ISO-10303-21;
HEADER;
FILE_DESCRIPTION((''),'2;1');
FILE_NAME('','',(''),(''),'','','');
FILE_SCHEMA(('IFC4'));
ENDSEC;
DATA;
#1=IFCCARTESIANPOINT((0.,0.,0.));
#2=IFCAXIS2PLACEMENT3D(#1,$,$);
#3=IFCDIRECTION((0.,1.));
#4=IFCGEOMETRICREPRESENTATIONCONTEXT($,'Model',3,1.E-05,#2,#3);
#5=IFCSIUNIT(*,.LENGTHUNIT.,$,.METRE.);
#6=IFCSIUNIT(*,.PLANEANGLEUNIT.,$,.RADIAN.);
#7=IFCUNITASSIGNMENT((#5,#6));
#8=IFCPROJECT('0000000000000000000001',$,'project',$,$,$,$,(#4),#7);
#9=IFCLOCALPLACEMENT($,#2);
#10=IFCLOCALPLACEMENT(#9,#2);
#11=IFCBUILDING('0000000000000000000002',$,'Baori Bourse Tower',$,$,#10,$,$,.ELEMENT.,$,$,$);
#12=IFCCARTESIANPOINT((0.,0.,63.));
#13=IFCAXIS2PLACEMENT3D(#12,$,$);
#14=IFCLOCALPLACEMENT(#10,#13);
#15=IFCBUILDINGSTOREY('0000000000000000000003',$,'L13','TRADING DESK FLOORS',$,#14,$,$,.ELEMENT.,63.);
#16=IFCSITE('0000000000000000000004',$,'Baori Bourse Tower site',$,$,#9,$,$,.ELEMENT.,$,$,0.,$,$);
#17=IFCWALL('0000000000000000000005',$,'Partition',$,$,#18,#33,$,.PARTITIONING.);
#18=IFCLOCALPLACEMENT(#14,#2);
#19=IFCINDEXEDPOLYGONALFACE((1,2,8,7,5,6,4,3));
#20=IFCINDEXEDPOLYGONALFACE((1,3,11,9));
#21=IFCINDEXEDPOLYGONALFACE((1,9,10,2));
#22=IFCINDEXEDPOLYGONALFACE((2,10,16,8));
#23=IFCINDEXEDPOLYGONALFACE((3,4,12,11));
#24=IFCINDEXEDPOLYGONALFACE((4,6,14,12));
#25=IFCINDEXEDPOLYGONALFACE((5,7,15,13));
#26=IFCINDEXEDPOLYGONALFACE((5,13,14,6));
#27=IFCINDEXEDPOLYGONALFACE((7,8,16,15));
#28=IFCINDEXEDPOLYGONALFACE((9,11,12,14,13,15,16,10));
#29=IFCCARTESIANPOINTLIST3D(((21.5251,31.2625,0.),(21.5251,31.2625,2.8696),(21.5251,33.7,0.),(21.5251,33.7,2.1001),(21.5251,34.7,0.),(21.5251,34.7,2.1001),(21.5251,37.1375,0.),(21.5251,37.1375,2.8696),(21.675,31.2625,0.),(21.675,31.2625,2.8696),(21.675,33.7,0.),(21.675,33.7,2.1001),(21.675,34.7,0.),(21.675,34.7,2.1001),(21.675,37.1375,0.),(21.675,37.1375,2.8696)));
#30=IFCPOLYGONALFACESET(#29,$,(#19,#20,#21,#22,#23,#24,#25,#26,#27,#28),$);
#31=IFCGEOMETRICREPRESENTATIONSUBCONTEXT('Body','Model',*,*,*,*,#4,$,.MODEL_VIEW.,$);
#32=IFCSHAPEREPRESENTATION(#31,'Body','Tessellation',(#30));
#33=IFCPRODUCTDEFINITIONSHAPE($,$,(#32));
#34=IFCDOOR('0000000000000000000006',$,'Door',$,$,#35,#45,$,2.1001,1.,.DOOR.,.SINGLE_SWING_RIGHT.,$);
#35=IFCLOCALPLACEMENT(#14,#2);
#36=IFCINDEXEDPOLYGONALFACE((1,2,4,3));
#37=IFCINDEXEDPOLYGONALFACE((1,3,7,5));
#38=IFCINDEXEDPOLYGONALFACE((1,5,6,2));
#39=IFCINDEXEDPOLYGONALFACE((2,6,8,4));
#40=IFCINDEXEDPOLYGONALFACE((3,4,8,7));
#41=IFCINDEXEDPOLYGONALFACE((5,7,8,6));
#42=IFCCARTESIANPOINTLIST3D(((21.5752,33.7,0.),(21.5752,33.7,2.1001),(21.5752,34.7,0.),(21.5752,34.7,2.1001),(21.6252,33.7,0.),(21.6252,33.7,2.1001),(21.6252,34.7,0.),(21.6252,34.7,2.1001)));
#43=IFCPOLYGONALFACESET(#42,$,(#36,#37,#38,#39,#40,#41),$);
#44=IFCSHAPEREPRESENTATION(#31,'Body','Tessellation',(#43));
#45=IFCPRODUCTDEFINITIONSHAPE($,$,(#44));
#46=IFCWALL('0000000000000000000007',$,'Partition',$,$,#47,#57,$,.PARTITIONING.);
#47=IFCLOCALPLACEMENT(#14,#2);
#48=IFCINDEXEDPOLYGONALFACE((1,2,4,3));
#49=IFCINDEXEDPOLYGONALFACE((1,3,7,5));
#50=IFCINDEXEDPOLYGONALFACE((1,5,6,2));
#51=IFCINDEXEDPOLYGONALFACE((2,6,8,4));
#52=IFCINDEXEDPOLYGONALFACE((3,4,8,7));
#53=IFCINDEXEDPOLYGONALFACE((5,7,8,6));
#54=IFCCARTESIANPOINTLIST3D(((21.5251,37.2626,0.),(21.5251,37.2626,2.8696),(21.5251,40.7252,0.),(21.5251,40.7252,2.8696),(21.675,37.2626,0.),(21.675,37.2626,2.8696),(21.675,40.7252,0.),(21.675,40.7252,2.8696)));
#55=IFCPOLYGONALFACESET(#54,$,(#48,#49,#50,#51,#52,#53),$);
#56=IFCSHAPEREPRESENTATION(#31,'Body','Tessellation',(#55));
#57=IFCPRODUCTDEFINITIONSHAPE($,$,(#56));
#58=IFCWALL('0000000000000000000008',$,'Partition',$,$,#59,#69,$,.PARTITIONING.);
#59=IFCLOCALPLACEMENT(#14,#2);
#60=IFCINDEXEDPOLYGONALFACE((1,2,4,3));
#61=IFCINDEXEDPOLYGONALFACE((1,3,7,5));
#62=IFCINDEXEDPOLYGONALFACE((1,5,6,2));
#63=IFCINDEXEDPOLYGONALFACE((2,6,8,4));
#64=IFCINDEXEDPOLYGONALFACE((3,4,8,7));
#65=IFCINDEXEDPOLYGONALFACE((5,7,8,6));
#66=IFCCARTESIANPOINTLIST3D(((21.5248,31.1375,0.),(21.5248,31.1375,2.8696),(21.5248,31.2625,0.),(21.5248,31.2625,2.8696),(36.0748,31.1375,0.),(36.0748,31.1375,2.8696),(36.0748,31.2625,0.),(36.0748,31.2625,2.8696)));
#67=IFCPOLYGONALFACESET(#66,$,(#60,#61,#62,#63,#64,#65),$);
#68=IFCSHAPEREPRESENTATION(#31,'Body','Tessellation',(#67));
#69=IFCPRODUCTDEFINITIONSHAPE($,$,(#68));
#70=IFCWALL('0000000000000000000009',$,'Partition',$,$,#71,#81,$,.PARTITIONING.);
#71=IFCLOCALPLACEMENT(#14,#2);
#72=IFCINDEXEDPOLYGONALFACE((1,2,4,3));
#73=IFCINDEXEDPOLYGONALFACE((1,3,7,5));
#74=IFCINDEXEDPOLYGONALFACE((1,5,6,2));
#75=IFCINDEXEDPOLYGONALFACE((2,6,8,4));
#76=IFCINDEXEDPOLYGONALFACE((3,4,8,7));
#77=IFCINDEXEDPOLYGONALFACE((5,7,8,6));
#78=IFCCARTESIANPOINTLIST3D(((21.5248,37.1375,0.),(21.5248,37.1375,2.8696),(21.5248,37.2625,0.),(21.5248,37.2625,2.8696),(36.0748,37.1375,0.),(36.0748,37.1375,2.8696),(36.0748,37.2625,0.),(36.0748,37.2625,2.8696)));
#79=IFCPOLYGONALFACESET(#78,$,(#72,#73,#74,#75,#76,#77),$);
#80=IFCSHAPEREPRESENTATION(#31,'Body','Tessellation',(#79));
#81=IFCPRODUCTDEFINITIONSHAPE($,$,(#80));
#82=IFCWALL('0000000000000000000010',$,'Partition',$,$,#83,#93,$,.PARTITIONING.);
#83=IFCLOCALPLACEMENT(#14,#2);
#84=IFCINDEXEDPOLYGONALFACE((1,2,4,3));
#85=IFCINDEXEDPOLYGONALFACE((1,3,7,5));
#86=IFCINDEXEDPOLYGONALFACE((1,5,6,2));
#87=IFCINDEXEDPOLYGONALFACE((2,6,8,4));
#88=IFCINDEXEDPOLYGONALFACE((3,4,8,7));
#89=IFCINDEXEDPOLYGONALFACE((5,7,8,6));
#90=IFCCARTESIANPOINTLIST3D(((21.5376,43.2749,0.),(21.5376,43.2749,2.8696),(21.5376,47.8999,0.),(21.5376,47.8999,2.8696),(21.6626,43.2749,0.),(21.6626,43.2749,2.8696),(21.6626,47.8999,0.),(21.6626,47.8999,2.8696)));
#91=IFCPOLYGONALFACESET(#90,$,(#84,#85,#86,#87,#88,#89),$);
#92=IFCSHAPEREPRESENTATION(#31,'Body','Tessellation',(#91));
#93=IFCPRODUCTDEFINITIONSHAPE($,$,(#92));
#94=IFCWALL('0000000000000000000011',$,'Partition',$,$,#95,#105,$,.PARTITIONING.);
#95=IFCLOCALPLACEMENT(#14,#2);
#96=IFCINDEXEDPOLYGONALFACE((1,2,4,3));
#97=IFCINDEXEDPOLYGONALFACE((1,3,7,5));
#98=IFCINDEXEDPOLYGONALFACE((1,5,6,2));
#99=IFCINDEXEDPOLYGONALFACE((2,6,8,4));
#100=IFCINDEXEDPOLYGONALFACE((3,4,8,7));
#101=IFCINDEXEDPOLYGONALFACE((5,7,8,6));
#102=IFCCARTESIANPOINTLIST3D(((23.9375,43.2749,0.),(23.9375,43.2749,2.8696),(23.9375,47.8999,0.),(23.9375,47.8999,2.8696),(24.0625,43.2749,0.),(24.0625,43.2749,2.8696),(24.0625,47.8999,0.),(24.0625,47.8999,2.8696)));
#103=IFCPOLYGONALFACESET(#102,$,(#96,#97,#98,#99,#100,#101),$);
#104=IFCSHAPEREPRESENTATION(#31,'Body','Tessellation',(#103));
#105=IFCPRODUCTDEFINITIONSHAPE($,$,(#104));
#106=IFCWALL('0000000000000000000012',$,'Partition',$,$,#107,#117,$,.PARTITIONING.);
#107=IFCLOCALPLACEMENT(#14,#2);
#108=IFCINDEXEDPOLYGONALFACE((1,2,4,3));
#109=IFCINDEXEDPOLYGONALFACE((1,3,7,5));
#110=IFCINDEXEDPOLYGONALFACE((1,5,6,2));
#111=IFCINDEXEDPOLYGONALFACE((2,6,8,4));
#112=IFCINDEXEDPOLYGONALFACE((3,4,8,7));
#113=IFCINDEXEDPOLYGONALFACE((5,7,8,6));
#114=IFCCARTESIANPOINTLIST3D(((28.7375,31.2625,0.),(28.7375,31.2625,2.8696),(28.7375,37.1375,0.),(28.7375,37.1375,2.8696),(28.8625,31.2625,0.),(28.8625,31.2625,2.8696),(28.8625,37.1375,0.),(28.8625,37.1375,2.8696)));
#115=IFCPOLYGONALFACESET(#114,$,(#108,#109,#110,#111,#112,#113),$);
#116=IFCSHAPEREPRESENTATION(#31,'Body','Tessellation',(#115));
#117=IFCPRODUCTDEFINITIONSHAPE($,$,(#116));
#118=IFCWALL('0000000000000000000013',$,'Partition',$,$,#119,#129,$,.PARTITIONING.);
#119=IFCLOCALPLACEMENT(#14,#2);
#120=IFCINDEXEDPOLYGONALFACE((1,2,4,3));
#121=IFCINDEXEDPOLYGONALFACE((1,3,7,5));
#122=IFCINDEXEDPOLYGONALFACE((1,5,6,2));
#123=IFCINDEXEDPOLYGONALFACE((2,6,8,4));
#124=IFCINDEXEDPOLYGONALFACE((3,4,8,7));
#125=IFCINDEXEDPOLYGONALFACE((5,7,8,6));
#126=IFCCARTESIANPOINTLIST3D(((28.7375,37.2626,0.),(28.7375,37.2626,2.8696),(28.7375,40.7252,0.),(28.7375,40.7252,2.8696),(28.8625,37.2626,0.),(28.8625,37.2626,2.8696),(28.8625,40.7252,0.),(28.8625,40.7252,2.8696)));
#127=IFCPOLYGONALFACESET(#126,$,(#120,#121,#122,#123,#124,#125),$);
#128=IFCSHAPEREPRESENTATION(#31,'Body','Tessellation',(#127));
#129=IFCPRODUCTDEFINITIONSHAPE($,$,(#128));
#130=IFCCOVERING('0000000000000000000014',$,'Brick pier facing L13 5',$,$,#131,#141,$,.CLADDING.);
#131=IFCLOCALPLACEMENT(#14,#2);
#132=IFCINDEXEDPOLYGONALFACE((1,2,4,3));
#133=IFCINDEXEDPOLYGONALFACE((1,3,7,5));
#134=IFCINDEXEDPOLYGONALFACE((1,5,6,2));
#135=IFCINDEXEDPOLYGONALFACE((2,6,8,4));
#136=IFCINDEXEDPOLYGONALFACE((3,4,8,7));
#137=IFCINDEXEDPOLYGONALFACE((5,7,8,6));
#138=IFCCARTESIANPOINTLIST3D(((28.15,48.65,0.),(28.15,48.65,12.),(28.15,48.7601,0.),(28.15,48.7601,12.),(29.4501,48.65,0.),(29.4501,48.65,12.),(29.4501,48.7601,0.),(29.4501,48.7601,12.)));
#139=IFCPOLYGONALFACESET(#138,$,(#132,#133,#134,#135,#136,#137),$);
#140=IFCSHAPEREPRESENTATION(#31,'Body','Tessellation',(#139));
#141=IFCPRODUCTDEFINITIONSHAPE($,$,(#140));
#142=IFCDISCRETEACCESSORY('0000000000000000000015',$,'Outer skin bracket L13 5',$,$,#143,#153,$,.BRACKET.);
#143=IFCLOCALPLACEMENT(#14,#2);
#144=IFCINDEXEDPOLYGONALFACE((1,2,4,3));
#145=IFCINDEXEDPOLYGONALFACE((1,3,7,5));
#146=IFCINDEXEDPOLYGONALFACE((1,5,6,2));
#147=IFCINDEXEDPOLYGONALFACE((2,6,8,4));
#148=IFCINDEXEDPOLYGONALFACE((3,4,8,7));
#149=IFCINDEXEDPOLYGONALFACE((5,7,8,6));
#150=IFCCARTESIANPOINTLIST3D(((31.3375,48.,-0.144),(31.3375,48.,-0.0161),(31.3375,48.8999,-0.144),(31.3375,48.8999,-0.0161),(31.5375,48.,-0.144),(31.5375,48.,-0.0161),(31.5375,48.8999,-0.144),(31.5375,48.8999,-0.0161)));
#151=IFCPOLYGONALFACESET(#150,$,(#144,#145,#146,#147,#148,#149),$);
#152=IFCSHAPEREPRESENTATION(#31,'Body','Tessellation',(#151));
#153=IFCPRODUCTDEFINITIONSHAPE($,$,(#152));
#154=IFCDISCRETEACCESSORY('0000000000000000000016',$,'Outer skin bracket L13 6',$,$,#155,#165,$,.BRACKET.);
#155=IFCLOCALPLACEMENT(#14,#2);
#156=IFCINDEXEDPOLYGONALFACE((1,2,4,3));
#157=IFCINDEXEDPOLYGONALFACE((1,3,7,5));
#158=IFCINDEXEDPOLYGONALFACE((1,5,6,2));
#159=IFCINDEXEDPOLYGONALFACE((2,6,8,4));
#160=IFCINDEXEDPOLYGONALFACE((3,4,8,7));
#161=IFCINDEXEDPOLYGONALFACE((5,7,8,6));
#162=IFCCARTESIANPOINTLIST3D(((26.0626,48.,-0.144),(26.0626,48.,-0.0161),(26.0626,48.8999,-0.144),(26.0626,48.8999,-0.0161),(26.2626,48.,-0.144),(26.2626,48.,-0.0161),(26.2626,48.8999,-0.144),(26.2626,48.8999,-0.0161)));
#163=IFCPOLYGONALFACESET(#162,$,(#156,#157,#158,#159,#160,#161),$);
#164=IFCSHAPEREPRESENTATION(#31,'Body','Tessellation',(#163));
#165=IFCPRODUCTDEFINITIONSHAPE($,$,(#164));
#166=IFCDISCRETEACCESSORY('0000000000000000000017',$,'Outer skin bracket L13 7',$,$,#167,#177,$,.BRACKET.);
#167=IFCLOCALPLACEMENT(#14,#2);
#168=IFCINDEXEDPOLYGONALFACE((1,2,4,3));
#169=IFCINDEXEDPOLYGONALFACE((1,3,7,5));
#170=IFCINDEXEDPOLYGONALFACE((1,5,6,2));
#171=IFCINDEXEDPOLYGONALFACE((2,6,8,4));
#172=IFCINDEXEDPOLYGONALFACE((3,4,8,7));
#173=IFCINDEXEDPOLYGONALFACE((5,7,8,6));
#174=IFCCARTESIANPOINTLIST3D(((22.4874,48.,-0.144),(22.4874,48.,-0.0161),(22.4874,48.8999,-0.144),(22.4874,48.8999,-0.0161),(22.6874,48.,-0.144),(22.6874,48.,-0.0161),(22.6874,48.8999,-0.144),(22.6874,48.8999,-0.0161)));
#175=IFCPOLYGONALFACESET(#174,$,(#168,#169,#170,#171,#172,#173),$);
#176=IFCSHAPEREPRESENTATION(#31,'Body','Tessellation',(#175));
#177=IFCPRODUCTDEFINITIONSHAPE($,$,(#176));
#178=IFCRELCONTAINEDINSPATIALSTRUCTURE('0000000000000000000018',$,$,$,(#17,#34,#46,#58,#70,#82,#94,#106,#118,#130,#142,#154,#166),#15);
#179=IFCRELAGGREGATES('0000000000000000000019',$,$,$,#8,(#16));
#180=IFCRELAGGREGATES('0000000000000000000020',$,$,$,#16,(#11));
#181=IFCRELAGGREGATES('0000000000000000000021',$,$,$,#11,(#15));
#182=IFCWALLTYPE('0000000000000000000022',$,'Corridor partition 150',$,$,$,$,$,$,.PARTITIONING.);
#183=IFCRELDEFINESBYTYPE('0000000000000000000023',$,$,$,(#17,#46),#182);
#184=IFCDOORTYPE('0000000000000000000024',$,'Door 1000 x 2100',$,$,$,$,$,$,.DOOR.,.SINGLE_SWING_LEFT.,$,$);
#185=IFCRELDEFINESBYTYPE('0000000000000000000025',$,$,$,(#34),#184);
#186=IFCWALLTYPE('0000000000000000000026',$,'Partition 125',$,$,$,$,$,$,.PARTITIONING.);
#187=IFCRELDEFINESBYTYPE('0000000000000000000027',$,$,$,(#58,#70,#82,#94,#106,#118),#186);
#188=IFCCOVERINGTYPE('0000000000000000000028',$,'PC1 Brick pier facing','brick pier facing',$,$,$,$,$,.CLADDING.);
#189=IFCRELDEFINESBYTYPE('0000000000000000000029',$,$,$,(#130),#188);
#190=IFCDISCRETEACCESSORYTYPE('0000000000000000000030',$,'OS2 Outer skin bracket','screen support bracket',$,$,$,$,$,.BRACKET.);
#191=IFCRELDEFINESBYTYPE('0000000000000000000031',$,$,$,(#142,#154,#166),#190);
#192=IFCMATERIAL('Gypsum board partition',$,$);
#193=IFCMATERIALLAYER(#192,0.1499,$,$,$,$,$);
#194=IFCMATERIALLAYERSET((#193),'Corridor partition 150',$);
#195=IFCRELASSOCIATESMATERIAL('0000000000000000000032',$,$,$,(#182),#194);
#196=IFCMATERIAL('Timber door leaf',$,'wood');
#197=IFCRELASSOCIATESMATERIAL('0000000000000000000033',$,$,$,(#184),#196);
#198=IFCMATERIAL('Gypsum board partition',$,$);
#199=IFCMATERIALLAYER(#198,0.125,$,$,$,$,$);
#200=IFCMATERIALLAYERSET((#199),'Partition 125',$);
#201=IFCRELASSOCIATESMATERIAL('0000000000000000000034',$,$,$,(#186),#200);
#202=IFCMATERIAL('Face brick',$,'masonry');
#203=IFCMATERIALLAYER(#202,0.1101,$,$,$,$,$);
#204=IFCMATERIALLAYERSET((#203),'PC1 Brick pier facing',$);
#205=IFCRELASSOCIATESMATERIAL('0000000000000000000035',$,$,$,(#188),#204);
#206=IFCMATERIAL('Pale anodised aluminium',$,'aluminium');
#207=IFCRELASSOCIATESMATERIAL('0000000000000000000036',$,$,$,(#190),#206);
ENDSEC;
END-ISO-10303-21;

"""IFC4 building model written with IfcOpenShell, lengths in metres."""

from ifc_helpers import new_model, si_unit, direction, frame, frame_2d, origin, origin_2d, place, context, subcontext, project, spatial, rectangle, extrude, material, layer, layer_set, type_object, element, fill, save


model = new_model("IFC4")

# Units and contexts
model_context = context("Model", 3, precision=1e-05, world=origin(), true_north=direction((0.0, 1.0)))
body_context = subcontext(model_context, "Body", "Model", "MODEL_VIEW")
ifc_project = project(units=[si_unit("LENGTHUNIT", "METRE"), si_unit("PLANEANGLEUNIT", "RADIAN")], contexts=[model_context])

# Site, building, storey
site_placement = place(None, origin())
site = spatial("IfcSite", under=ifc_project, at=site_placement, Name="Baori Bourse Tower site", CompositionType="ELEMENT", RefElevation=0.0)
building_placement = place(site_placement, origin())
building = spatial("IfcBuilding", under=site, at=building_placement, Name="Baori Bourse Tower", CompositionType="ELEMENT")
storey_placement = place(building_placement, frame((0.0, 0.0, 63.0)))
storey = spatial("IfcBuildingStorey", under=building, at=storey_placement, Name="L13", Description="TRADING DESK FLOORS", CompositionType="ELEMENT", Elevation=63.0)

# Shared definitions
ifc_material_1 = material(Name="Gypsum board partition")
ifc_layer_1 = layer(ifc_material_1, 0.1499)
ifc_layer_set_1 = layer_set([ifc_layer_1], Name="Corridor partition 150")
wall_type_1 = type_object("IfcWallType", Name="Corridor partition 150", PredefinedType="PARTITIONING", material=ifc_layer_set_1)
ifc_material_2 = material(Name="Timber door leaf", Category="wood")
door_type = type_object("IfcDoorType", Name="Door 1000 x 2100", OperationType="SINGLE_SWING_LEFT", PredefinedType="DOOR", material=ifc_material_2)

# Wall, opening, door
wall_1_placement = place(storey_placement, frame((21.6001, 31.2625, 0.0), z_axis=(0.0, 0.0, 1.0), x_axis=(0.0, 1.0, 0.0)))
wall_1 = element("IfcWall", 1, at=wall_1_placement, inside=storey, type_object=wall_type_1, Name="Partition", PredefinedType="PARTITIONING", context=body_context, shape_type="SweptSolid", body=[
    extrude(rectangle(XDim=5.875, YDim=0.1499, at=frame_2d((2.9375, 0.0))), origin(), (0.0, 0.0, 1.0), 2.8696),
])
opening_1_placement = place(wall_1_placement, frame((2.4375, 0.0, 0.0)))
opening_1 = element("IfcOpeningElement", 2, at=opening_1_placement, cuts=wall_1, PredefinedType="OPENING", context=body_context, shape_type="SweptSolid", body=[
    extrude(rectangle(XDim=1.0, YDim=2.1001, at=frame_2d((0.5, 1.05))), frame((0.0, 0.085, 0.0), z_axis=(0.0, -1.0, 0.0), x_axis=(1.0, 0.0, 0.0)), (0.0, 0.0, 1.0), 0.1699),
])
door_1_placement = place(opening_1_placement, origin())
door_1 = element("IfcDoor", 3, at=door_1_placement, inside=storey, type_object=door_type, Name="Door", OperationType="SINGLE_SWING_RIGHT", OverallHeight=2.1001, OverallWidth=1.0, PredefinedType="DOOR", context=body_context, shape_type="SweptSolid", body=[
    extrude(rectangle(XDim=1.0, YDim=2.1001, at=frame_2d((0.5, 1.05))), frame((0.0, 0.0249, 0.0), z_axis=(0.0, -1.0, 0.0), x_axis=(1.0, 0.0, 0.0)), (0.0, 0.0, 1.0), 0.05),
])
fill(opening_1, door_1)

# Walls
wall_2_placement = place(storey_placement, frame((21.6001, 37.2625, 0.0), z_axis=(0.0, 0.0, 1.0), x_axis=(0.0, 1.0, 0.0)))
element("IfcWall", 4, at=wall_2_placement, inside=storey, type_object=wall_type_1, Name="Partition", PredefinedType="PARTITIONING", context=body_context, shape_type="SweptSolid", body=[
    extrude(rectangle(XDim=3.4626, YDim=0.1499, at=frame_2d((1.7314, 0.0))), origin(), (0.0, 0.0, 1.0), 2.8696),
])
ifc_material_3 = material(Name="Gypsum board partition")
ifc_layer_2 = layer(ifc_material_3, 0.125)
ifc_layer_set_2 = layer_set([ifc_layer_2], Name="Partition 125")
wall_type_2 = type_object("IfcWallType", Name="Partition 125", PredefinedType="PARTITIONING", material=ifc_layer_set_2)
for number, where, z_axis, x_axis, name in (
    (5, (21.5249, 31.2, 0.0), (0.0, 0.0, 1.0), (1.0, 0.0, 0.0), "Partition"),
    (6, (21.5249, 37.2, 0.0), (0.0, 0.0, 1.0), (1.0, 0.0, 0.0), "Partition"),
):
    element("IfcWall", number, at=place(storey_placement, frame(where, z_axis=z_axis, x_axis=x_axis)), inside=storey, type_object=wall_type_2, Name=name, PredefinedType="PARTITIONING", context=body_context, shape_type="SweptSolid", body=[
        extrude(rectangle(XDim=14.55, YDim=0.125, at=frame_2d((7.2749, 0.0))), origin(), (0.0, 0.0, 1.0), 2.8696),
    ])
for number, where, z_axis, x_axis, name in (
    (7, (21.6001, 43.2749, 0.0), (0.0, 0.0, 1.0), (0.0, 1.0, 0.0), "Partition"),
    (8, (24.0, 43.2749, 0.0), (0.0, 0.0, 1.0), (0.0, 1.0, 0.0), "Partition"),
):
    element("IfcWall", number, at=place(storey_placement, frame(where, z_axis=z_axis, x_axis=x_axis)), inside=storey, type_object=wall_type_2, Name=name, PredefinedType="PARTITIONING", context=body_context, shape_type="SweptSolid", body=[
        extrude(rectangle(XDim=4.625, YDim=0.125, at=frame_2d((2.3125, 0.0))), origin(), (0.0, 0.0, 1.0), 2.8696),
    ])
wall_3_placement = place(storey_placement, frame((28.8, 31.2625, 0.0), z_axis=(0.0, 0.0, 1.0), x_axis=(0.0, 1.0, 0.0)))
element("IfcWall", 9, at=wall_3_placement, inside=storey, type_object=wall_type_2, Name="Partition", PredefinedType="PARTITIONING", context=body_context, shape_type="SweptSolid", body=[
    extrude(rectangle(XDim=5.875, YDim=0.125, at=frame_2d((2.9375, 0.0))), origin(), (0.0, 0.0, 1.0), 2.8696),
])
wall_4_placement = place(storey_placement, frame((28.8, 37.2625, 0.0), z_axis=(0.0, 0.0, 1.0), x_axis=(0.0, 1.0, 0.0)))
element("IfcWall", 10, at=wall_4_placement, inside=storey, type_object=wall_type_2, Name="Partition", PredefinedType="PARTITIONING", context=body_context, shape_type="SweptSolid", body=[
    extrude(rectangle(XDim=3.4626, YDim=0.125, at=frame_2d((1.7314, 0.0))), origin(), (0.0, 0.0, 1.0), 2.8696),
])

# Covering
ifc_material_4 = material(Name="Face brick", Category="masonry")
ifc_layer_3 = layer(ifc_material_4, 0.1101)
ifc_layer_set_3 = layer_set([ifc_layer_3], Name="PC1 Brick pier facing")
covering_type = type_object("IfcCoveringType", Name="PC1 Brick pier facing", Description="brick pier facing", PredefinedType="CLADDING", material=ifc_layer_set_3)
covering_placement = place(storey_placement, frame((28.8, 48.7051, 0.0), z_axis=(0.0, 0.0, 1.0), x_axis=(1.0, 0.0, 0.0)))
element("IfcCovering", 11, at=covering_placement, inside=storey, type_object=covering_type, Name="Brick pier facing L13 5", PredefinedType="CLADDING", context=body_context, shape_type="SweptSolid", body=[
    extrude(rectangle(XDim=1.3, YDim=0.1101, at=origin_2d()), origin(), (0.0, 0.0, 1.0), 12.0),
])

# Discrete accessories
ifc_material_5 = material(Name="Pale anodised aluminium", Category="aluminium")
discrete_accessory_type = type_object("IfcDiscreteAccessoryType", Name="OS2 Outer skin bracket", Description="screen support bracket", PredefinedType="BRACKET", material=ifc_material_5)
for number, where, z_axis, x_axis, name in (
    (12, (31.4375, 48.45, -0.144), (0.0, 0.0, 1.0), (-1.0, 0.0, 0.0), "Outer skin bracket L13 5"),
    (13, (26.1626, 48.45, -0.144), (0.0, 0.0, 1.0), (-1.0, 0.0, 0.0), "Outer skin bracket L13 6"),
    (14, (22.5874, 48.45, -0.144), (0.0, 0.0, 1.0), (-1.0, 0.0, 0.0), "Outer skin bracket L13 7"),
):
    element("IfcDiscreteAccessory", number, at=place(storey_placement, frame(where, z_axis=z_axis, x_axis=x_axis)), inside=storey, type_object=discrete_accessory_type, Name=name, PredefinedType="BRACKET", context=body_context, shape_type="SweptSolid", body=[
        extrude(rectangle(XDim=0.2, YDim=0.8999, at=origin_2d()), origin(), (0.0, 0.0, 1.0), 0.1279),
    ])

save(model, "model.ifc")
